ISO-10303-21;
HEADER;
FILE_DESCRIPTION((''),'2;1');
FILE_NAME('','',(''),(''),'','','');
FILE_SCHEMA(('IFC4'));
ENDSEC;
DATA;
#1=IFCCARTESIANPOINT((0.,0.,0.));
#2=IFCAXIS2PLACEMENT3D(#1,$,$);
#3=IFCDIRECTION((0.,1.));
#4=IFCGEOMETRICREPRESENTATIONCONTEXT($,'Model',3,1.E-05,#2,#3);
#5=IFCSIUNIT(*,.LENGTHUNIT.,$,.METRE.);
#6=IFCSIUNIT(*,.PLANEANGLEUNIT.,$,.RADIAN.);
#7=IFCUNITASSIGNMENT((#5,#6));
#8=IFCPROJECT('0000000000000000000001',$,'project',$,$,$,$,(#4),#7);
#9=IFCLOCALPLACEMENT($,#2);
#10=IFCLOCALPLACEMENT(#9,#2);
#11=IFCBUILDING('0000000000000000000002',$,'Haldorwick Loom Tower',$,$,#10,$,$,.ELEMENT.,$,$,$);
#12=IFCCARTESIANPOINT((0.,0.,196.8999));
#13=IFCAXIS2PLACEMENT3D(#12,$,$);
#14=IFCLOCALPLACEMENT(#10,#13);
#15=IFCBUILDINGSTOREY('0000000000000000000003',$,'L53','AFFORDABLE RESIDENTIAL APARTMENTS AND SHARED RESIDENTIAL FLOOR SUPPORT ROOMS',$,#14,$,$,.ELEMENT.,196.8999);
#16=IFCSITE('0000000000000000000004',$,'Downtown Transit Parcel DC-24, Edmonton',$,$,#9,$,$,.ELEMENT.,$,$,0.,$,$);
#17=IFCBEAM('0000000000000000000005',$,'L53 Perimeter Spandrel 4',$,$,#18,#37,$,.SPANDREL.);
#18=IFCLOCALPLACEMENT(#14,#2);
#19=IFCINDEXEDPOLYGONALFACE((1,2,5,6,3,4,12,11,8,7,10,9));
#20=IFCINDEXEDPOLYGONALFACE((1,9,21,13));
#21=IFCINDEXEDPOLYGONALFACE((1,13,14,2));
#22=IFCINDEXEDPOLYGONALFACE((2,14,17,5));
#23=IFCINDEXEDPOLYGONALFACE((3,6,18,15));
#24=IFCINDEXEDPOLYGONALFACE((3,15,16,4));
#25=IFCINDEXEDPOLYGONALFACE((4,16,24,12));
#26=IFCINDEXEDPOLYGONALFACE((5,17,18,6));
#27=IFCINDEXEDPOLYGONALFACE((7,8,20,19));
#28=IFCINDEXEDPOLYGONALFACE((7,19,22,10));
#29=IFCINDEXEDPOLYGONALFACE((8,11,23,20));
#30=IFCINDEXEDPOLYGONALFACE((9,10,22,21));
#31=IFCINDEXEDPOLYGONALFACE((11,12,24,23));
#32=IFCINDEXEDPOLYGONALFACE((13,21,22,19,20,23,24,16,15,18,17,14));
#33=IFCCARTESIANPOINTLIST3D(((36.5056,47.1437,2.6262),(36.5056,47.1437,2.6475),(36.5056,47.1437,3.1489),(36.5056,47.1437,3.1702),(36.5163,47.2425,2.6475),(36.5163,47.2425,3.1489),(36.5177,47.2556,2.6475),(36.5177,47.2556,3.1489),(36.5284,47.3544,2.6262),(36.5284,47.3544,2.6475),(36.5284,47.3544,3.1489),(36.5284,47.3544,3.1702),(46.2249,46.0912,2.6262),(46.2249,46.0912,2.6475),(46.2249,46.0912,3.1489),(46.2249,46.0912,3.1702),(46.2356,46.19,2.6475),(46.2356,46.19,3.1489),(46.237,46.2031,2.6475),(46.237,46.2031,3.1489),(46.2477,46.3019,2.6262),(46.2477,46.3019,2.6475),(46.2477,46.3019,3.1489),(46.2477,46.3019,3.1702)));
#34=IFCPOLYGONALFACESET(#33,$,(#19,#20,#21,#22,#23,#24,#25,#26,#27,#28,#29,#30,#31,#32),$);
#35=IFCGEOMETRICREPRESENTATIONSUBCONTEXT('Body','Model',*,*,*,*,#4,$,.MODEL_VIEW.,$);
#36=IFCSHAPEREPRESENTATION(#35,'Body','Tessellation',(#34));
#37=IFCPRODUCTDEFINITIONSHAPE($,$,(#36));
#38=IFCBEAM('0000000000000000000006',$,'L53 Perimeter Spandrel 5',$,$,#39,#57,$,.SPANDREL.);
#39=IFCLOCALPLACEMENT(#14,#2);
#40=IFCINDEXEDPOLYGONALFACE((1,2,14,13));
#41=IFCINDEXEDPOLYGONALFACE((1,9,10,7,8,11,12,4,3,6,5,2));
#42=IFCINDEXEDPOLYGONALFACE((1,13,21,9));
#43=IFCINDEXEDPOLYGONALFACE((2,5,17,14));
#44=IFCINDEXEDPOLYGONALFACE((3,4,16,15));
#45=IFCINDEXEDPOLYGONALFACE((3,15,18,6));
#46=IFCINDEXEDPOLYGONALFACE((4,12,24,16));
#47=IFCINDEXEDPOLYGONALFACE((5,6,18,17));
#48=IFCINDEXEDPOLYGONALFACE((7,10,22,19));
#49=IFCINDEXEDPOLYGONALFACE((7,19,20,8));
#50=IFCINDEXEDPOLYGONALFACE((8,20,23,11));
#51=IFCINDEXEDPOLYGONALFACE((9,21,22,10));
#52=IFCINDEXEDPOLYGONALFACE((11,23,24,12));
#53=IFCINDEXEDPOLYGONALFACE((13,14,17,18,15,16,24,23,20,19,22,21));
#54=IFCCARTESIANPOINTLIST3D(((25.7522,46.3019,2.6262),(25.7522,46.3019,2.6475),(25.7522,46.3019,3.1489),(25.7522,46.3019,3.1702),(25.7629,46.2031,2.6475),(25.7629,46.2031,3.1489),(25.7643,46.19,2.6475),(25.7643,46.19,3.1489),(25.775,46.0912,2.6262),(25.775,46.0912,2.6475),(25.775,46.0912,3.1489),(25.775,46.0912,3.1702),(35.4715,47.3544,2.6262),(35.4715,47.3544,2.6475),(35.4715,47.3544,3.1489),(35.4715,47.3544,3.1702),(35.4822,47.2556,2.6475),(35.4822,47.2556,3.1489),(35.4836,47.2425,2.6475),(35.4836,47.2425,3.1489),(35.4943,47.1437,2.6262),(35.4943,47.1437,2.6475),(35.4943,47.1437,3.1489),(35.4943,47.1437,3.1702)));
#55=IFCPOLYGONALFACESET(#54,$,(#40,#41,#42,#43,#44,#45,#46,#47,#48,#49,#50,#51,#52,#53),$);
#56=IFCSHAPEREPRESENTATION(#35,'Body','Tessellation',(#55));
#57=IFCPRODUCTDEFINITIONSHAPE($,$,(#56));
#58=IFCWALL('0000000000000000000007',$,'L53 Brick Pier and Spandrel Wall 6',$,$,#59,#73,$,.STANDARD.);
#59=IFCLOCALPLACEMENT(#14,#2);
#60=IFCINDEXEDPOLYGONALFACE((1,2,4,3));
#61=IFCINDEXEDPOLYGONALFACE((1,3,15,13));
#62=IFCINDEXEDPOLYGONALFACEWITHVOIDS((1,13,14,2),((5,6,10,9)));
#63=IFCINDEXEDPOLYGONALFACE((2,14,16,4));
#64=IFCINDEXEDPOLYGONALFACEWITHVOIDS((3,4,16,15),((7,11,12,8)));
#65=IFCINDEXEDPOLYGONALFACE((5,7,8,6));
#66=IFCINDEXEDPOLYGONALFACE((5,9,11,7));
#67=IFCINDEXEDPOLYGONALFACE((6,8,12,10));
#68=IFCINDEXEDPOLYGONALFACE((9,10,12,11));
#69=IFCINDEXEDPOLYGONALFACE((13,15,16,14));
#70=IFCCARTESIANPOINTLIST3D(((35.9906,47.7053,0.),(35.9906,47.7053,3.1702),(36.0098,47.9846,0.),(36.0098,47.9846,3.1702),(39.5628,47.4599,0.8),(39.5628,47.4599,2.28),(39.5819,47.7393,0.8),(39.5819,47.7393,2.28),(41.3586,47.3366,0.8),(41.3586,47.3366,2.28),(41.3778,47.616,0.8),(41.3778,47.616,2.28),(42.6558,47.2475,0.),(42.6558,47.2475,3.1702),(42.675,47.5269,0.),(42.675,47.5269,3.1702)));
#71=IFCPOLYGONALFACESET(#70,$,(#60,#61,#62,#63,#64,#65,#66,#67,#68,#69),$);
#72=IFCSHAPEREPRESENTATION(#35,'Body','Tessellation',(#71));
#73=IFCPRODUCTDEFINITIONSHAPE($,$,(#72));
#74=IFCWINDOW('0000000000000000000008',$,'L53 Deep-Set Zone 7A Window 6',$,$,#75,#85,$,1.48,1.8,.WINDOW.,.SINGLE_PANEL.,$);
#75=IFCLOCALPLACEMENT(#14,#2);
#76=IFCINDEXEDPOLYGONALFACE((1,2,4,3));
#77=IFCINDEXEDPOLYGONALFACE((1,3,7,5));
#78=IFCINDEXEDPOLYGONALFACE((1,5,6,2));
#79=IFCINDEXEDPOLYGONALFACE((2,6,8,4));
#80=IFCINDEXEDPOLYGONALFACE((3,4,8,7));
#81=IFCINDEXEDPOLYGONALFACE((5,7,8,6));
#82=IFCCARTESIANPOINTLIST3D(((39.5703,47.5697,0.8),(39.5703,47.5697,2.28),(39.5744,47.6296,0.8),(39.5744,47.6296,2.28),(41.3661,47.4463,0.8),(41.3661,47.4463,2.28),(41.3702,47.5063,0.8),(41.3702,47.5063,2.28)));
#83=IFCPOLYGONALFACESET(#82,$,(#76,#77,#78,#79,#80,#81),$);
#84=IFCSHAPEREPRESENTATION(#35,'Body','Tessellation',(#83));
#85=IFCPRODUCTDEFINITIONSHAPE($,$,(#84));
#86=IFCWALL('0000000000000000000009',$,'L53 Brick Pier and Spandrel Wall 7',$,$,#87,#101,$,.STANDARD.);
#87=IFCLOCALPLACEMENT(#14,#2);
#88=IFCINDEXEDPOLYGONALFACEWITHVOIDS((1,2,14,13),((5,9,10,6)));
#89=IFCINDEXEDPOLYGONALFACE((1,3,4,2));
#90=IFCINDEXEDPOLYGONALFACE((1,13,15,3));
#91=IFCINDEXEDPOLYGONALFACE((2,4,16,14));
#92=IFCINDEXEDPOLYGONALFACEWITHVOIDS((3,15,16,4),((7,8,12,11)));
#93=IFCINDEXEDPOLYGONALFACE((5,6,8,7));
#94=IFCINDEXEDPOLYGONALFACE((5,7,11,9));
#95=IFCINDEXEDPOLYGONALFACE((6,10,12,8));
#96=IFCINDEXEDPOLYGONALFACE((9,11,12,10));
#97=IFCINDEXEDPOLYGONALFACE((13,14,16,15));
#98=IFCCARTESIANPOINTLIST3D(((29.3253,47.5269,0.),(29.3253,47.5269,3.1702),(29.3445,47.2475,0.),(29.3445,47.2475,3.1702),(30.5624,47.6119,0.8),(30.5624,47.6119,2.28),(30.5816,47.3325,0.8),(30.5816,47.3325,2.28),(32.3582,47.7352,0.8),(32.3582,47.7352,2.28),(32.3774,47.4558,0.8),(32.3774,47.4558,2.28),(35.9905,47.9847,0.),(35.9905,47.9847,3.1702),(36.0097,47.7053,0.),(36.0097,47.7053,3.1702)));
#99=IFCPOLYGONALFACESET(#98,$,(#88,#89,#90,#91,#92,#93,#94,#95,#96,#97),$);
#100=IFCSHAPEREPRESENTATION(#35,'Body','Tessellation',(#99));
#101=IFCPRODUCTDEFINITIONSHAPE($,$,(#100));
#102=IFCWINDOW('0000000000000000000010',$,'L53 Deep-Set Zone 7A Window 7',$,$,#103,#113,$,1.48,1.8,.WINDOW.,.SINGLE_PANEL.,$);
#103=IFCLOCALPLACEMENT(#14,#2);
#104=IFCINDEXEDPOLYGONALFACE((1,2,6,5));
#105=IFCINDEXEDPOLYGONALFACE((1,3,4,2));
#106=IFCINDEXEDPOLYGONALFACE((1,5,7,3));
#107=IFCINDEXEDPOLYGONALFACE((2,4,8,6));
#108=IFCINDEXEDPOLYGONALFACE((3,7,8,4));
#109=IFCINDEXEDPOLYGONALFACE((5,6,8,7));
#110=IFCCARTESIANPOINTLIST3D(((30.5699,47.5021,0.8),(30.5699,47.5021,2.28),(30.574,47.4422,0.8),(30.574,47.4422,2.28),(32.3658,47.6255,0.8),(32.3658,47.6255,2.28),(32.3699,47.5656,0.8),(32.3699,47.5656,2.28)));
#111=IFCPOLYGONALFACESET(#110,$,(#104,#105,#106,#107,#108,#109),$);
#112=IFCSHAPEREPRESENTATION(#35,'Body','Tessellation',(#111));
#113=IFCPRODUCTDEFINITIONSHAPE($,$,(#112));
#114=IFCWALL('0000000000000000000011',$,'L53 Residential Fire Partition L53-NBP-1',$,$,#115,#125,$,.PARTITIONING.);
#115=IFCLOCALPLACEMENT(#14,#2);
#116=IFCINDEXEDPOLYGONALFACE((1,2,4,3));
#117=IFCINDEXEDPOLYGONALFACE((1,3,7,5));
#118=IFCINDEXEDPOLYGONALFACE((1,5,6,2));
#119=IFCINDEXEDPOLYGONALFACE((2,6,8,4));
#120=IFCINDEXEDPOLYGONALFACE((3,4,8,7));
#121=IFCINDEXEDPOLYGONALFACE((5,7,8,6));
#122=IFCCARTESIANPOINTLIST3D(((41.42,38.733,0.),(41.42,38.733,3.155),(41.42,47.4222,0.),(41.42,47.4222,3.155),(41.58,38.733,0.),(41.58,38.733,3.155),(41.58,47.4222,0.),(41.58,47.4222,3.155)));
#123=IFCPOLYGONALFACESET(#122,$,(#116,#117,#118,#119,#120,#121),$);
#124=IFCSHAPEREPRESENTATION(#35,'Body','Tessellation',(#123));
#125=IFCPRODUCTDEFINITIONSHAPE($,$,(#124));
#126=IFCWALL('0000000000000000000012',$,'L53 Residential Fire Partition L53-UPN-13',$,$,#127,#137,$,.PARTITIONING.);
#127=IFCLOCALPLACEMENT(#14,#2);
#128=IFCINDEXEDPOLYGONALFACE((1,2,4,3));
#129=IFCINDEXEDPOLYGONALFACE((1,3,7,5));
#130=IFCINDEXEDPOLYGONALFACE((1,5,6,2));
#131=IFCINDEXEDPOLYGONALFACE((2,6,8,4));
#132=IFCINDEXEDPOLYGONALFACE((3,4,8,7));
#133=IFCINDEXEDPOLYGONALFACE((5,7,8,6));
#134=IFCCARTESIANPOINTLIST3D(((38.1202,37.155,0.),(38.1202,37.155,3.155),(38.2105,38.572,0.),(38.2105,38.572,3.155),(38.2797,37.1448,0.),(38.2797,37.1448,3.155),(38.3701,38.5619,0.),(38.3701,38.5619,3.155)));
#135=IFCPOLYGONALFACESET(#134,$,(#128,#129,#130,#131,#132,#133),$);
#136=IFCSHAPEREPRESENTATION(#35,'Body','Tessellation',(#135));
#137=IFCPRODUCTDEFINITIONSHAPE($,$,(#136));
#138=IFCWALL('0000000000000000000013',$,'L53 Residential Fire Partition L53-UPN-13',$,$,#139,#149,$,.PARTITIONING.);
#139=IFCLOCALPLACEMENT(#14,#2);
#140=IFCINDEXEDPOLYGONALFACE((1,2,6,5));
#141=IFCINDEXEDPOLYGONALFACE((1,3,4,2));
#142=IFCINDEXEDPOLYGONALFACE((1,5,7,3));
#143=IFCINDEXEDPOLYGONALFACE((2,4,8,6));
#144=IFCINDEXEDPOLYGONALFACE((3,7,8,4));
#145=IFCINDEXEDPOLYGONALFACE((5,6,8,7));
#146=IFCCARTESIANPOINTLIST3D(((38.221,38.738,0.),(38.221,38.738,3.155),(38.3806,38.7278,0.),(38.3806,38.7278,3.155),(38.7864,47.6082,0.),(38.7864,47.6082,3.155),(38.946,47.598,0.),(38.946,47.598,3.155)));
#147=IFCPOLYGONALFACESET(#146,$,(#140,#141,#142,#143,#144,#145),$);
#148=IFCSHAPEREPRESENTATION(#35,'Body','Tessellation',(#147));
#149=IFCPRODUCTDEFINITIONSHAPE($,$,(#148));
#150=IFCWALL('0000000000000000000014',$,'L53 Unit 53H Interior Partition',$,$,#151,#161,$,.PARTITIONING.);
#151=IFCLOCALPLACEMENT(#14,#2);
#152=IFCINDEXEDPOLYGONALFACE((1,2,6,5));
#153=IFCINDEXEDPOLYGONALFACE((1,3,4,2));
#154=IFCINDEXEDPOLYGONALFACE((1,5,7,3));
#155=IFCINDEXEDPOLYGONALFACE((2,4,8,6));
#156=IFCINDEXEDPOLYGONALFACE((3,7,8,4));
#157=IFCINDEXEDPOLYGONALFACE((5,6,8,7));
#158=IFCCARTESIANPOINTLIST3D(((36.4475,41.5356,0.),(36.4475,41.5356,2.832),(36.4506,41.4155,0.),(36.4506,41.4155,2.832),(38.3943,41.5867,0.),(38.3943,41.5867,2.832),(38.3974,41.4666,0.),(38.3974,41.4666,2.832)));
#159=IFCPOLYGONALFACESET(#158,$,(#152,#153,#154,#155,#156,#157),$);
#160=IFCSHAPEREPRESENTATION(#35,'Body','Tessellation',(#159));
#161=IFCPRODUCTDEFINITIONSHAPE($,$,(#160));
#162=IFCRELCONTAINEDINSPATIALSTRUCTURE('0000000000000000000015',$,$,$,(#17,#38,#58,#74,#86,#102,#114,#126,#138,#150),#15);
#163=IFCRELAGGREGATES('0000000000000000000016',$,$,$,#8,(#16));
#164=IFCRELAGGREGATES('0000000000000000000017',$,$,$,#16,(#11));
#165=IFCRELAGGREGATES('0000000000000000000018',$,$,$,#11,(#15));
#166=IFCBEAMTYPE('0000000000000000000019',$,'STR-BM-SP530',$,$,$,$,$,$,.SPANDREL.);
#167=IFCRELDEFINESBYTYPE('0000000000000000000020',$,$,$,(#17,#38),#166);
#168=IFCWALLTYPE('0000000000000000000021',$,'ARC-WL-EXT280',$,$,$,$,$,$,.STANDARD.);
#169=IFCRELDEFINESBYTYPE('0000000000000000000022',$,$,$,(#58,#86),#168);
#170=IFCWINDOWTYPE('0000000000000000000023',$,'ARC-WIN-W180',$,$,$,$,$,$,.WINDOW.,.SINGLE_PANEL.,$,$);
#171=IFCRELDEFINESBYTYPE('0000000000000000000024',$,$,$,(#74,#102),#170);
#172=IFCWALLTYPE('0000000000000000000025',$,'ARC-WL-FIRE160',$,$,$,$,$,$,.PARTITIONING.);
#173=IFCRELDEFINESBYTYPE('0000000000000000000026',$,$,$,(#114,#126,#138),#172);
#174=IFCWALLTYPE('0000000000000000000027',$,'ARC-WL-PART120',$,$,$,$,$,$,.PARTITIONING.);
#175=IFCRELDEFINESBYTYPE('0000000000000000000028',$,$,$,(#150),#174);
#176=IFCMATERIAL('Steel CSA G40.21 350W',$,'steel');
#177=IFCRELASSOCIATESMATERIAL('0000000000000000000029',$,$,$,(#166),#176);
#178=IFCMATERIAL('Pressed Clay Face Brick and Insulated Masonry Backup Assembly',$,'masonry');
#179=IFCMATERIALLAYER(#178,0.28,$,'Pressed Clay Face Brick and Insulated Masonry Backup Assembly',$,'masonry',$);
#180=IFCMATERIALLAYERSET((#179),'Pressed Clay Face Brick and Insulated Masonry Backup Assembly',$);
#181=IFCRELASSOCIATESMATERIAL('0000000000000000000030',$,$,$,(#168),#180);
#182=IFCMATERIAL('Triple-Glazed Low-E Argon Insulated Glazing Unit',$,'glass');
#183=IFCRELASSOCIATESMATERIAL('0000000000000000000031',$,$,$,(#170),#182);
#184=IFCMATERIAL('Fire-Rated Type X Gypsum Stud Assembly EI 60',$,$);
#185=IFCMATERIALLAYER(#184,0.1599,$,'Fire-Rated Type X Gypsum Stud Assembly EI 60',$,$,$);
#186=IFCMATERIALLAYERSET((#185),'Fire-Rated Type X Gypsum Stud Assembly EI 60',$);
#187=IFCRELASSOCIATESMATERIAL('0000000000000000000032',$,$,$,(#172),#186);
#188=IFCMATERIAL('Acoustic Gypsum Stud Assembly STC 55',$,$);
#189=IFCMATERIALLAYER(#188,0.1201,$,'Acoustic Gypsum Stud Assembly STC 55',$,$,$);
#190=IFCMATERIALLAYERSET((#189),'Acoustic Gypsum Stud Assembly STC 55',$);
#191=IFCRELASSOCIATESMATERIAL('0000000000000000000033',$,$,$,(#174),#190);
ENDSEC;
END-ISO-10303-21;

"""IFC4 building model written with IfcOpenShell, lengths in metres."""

from ifc_helpers import new_model, si_unit, direction, frame, frame_2d, origin, origin_2d, place, context, subcontext, project, spatial, rectangle, i_section, extrude, material, layer, layer_set, material_profile, profile_set, type_object, element, fill, save


model = new_model("IFC4")

# Units and contexts
model_context = context("Model", 3, precision=1e-05, world=origin(), true_north=direction((0.0, 1.0)))
body_context = subcontext(model_context, "Body", "Model", "MODEL_VIEW")
ifc_project = project(units=[si_unit("LENGTHUNIT", "METRE"), si_unit("PLANEANGLEUNIT", "RADIAN")], contexts=[model_context])

# Site, building, storey
site_placement = place(None, origin())
site = spatial("IfcSite", under=ifc_project, at=site_placement, Name="Downtown Transit Parcel DC-24, Edmonton", CompositionType="ELEMENT", RefElevation=0.0)
building_placement = place(site_placement, origin())
building = spatial("IfcBuilding", under=site, at=building_placement, Name="Haldorwick Loom Tower", CompositionType="ELEMENT")
storey_placement = place(building_placement, frame((0.0, 0.0, 196.8999)))
storey = spatial("IfcBuildingStorey", under=building, at=storey_placement, Name="L53", Description="AFFORDABLE RESIDENTIAL APARTMENTS AND SHARED RESIDENTIAL FLOOR SUPPORT ROOMS", CompositionType="ELEMENT", Elevation=196.8999)

# Shared definitions
ifc_material_1 = material(Name="Steel CSA G40.21 350W", Category="steel")

# Beams
ifc_material_profile_1 = material_profile(ifc_material_1, i_section(OverallWidth=0.2119, OverallDepth=0.5439, WebThickness=0.0132, FlangeThickness=0.0212, at=origin_2d()), Name="W530X123", Category="steel")
ifc_profile_set_1 = profile_set([ifc_material_profile_1], Name="Steel CSA G40.21 350W")
beam_type_1 = type_object("IfcBeamType", Name="STR-BM-SP530", PredefinedType="SPANDREL", material=ifc_profile_set_1)
for number, where, z_axis, x_axis, name in (
    (1, (46.2363, 46.1965, 2.8982), (-0.994188, 0.10766, 0.0), (-0.10766, -0.994188, 0.0), "L53 Perimeter Spandrel 4"),
    (2, (35.4829, 47.249, 2.8982), (-0.994188, -0.10766, 0.0), (0.10766, -0.994188, 0.0), "L53 Perimeter Spandrel 5"),
):
    element("IfcBeam", number, at=place(storey_placement, frame(where, z_axis=z_axis, x_axis=x_axis)), inside=storey, type_object=beam_type_1, Name=name, PredefinedType="SPANDREL", context=body_context, shape_type="SweptSolid", body=[
        extrude(i_section(OverallWidth=0.2119, OverallDepth=0.5439, WebThickness=0.0132, FlangeThickness=0.0212, at=origin_2d()), origin(), (0.0, 0.0, 1.0), 9.7761),
    ])

# Walls, openings, windows
ifc_material_2 = material(Name="Pressed Clay Face Brick and Insulated Masonry Backup Assembly", Category="masonry")
ifc_layer_1 = layer(ifc_material_2, 0.28, Name="Pressed Clay Face Brick and Insulated Masonry Backup Assembly", Category="masonry")
ifc_layer_set_1 = layer_set([ifc_layer_1], Name="Pressed Clay Face Brick and Insulated Masonry Backup Assembly")
wall_type_1 = type_object("IfcWallType", Name="ARC-WL-EXT280", PredefinedType="STANDARD", material=ifc_layer_set_1)
wall_1_placement = place(storey_placement, frame((42.6653, 47.3872, 0.0), z_axis=(0.0, 0.0, 1.0), x_axis=(-0.99765, 0.068517, 0.0)))
wall_1 = element("IfcWall", 3, at=wall_1_placement, inside=storey, type_object=wall_type_1, Name="L53 Brick Pier and Spandrel Wall 6", PredefinedType="STANDARD", context=body_context, shape_type="SweptSolid", body=[
    extrude(rectangle(XDim=6.6809, YDim=0.28, at=frame_2d((3.3403, 0.0))), origin(), (0.0, 0.0, 1.0), 3.1702),
])
opening_1_placement = place(wall_1_placement, frame((1.3003, 0.0, 0.8)))
opening_1 = element("IfcOpeningElement", 4, at=opening_1_placement, cuts=wall_1, PredefinedType="OPENING", context=body_context, shape_type="SweptSolid", body=[
    extrude(rectangle(XDim=1.8, YDim=1.48, at=frame_2d((0.8999, 0.74))), frame((0.0, 0.1499, 0.0), z_axis=(0.0, -1.0, 0.0), x_axis=(1.0, 0.0, 0.0)), (0.0, 0.0, 1.0), 0.3),
])
ifc_material_3 = material(Name="Triple-Glazed Low-E Argon Insulated Glazing Unit", Category="glass")
window_type = type_object("IfcWindowType", Name="ARC-WIN-W180", PartitioningType="SINGLE_PANEL", PredefinedType="WINDOW", material=ifc_material_3)
window_1_placement = place(opening_1_placement, origin())
window_1 = element("IfcWindow", 5, at=window_1_placement, inside=storey, type_object=window_type, Name="L53 Deep-Set Zone 7A Window 6", OverallHeight=1.48, OverallWidth=1.8, PartitioningType="SINGLE_PANEL", PredefinedType="WINDOW", context=body_context, shape_type="SweptSolid", body=[
    extrude(rectangle(XDim=1.8, YDim=1.48, at=frame_2d((0.8999, 0.74))), frame((0.0, 0.03, 0.0), z_axis=(0.0, -1.0, 0.0), x_axis=(1.0, 0.0, 0.0)), (0.0, 0.0, 1.0), 0.0601),
])
fill(opening_1, window_1)
wall_2_placement = place(storey_placement, frame((36.0, 47.845, 0.0), z_axis=(0.0, 0.0, 1.0), x_axis=(-0.99765, -0.068517, 0.0)))
wall_2 = element("IfcWall", 6, at=wall_2_placement, inside=storey, type_object=wall_type_1, Name="L53 Brick Pier and Spandrel Wall 7", PredefinedType="STANDARD", context=body_context, shape_type="SweptSolid", body=[
    extrude(rectangle(XDim=6.6809, YDim=0.28, at=frame_2d((3.3403, 0.0))), origin(), (0.0, 0.0, 1.0), 3.1702),
])
opening_2_placement = place(wall_2_placement, frame((3.6409, 0.0, 0.8)))
opening_2 = element("IfcOpeningElement", 7, at=opening_2_placement, cuts=wall_2, PredefinedType="OPENING", context=body_context, shape_type="SweptSolid", body=[
    extrude(rectangle(XDim=1.8, YDim=1.48, at=frame_2d((0.8999, 0.74))), frame((0.0, 0.1499, 0.0), z_axis=(0.0, -1.0, 0.0), x_axis=(1.0, 0.0, 0.0)), (0.0, 0.0, 1.0), 0.3),
])
window_2_placement = place(opening_2_placement, origin())
window_2 = element("IfcWindow", 8, at=window_2_placement, inside=storey, type_object=window_type, Name="L53 Deep-Set Zone 7A Window 7", OverallHeight=1.48, OverallWidth=1.8, PartitioningType="SINGLE_PANEL", PredefinedType="WINDOW", context=body_context, shape_type="SweptSolid", body=[
    extrude(rectangle(XDim=1.8, YDim=1.48, at=frame_2d((0.8999, 0.74))), frame((0.0, 0.03, 0.0), z_axis=(0.0, -1.0, 0.0), x_axis=(1.0, 0.0, 0.0)), (0.0, 0.0, 1.0), 0.0601),
])
fill(opening_2, window_2)

# Walls
ifc_material_4 = material(Name="Fire-Rated Type X Gypsum Stud Assembly EI 60")
ifc_layer_2 = layer(ifc_material_4, 0.1599, Name="Fire-Rated Type X Gypsum Stud Assembly EI 60")
ifc_layer_set_2 = layer_set([ifc_layer_2], Name="Fire-Rated Type X Gypsum Stud Assembly EI 60")
wall_type_2 = type_object("IfcWallType", Name="ARC-WL-FIRE160", PredefinedType="PARTITIONING", material=ifc_layer_set_2)
wall_3_placement = place(storey_placement, frame((41.5, 38.7329, 0.0), z_axis=(0.0, 0.0, 1.0), x_axis=(0.0, 1.0, 0.0)))
element("IfcWall", 9, at=wall_3_placement, inside=storey, type_object=wall_type_2, Name="L53 Residential Fire Partition L53-NBP-1", PredefinedType="PARTITIONING", context=body_context, shape_type="SweptSolid", body=[
    extrude(rectangle(XDim=8.6892, YDim=0.1599, at=frame_2d((4.3447, 0.0))), origin(), (0.0, 0.0, 1.0), 3.155),
])
wall_4_placement = place(storey_placement, frame((38.2, 37.1499, 0.0), z_axis=(0.0, 0.0, 1.0), x_axis=(0.06362, 0.997974, 0.0)))
element("IfcWall", 10, at=wall_4_placement, inside=storey, type_object=wall_type_2, Name="L53 Residential Fire Partition L53-UPN-13", PredefinedType="PARTITIONING", context=body_context, shape_type="SweptSolid", body=[
    extrude(rectangle(XDim=1.4199, YDim=0.1599, at=frame_2d((0.71, 0.0))), origin(), (0.0, 0.0, 1.0), 3.155),
])
wall_5_placement = place(storey_placement, frame((38.3008, 38.7329, 0.0), z_axis=(0.0, 0.0, 1.0), x_axis=(0.063616, 0.997974, 0.0)))
element("IfcWall", 11, at=wall_5_placement, inside=storey, type_object=wall_type_2, Name="L53 Residential Fire Partition L53-UPN-13", PredefinedType="PARTITIONING", context=body_context, shape_type="SweptSolid", body=[
    extrude(rectangle(XDim=8.8882, YDim=0.1599, at=frame_2d((4.4441, 0.0))), origin(), (0.0, 0.0, 1.0), 3.155),
])
ifc_material_5 = material(Name="Acoustic Gypsum Stud Assembly STC 55")
ifc_layer_3 = layer(ifc_material_5, 0.1201, Name="Acoustic Gypsum Stud Assembly STC 55")
ifc_layer_set_3 = layer_set([ifc_layer_3], Name="Acoustic Gypsum Stud Assembly STC 55")
wall_type_3 = type_object("IfcWallType", Name="ARC-WL-PART120", PredefinedType="PARTITIONING", material=ifc_layer_set_3)
wall_6_placement = place(storey_placement, frame((38.3958, 41.5266, 0.0), z_axis=(0.0, 0.0, 1.0), x_axis=(-0.999657, -0.026201, 0.0)))
element("IfcWall", 12, at=wall_6_placement, inside=storey, type_object=wall_type_3, Name="L53 Unit 53H Interior Partition", PredefinedType="PARTITIONING", context=body_context, shape_type="SweptSolid", body=[
    extrude(rectangle(XDim=1.9475, YDim=0.1201, at=frame_2d((0.9736, 0.0))), origin(), (0.0, 0.0, 1.0), 2.832),
])

save(model, "model.ifc")
